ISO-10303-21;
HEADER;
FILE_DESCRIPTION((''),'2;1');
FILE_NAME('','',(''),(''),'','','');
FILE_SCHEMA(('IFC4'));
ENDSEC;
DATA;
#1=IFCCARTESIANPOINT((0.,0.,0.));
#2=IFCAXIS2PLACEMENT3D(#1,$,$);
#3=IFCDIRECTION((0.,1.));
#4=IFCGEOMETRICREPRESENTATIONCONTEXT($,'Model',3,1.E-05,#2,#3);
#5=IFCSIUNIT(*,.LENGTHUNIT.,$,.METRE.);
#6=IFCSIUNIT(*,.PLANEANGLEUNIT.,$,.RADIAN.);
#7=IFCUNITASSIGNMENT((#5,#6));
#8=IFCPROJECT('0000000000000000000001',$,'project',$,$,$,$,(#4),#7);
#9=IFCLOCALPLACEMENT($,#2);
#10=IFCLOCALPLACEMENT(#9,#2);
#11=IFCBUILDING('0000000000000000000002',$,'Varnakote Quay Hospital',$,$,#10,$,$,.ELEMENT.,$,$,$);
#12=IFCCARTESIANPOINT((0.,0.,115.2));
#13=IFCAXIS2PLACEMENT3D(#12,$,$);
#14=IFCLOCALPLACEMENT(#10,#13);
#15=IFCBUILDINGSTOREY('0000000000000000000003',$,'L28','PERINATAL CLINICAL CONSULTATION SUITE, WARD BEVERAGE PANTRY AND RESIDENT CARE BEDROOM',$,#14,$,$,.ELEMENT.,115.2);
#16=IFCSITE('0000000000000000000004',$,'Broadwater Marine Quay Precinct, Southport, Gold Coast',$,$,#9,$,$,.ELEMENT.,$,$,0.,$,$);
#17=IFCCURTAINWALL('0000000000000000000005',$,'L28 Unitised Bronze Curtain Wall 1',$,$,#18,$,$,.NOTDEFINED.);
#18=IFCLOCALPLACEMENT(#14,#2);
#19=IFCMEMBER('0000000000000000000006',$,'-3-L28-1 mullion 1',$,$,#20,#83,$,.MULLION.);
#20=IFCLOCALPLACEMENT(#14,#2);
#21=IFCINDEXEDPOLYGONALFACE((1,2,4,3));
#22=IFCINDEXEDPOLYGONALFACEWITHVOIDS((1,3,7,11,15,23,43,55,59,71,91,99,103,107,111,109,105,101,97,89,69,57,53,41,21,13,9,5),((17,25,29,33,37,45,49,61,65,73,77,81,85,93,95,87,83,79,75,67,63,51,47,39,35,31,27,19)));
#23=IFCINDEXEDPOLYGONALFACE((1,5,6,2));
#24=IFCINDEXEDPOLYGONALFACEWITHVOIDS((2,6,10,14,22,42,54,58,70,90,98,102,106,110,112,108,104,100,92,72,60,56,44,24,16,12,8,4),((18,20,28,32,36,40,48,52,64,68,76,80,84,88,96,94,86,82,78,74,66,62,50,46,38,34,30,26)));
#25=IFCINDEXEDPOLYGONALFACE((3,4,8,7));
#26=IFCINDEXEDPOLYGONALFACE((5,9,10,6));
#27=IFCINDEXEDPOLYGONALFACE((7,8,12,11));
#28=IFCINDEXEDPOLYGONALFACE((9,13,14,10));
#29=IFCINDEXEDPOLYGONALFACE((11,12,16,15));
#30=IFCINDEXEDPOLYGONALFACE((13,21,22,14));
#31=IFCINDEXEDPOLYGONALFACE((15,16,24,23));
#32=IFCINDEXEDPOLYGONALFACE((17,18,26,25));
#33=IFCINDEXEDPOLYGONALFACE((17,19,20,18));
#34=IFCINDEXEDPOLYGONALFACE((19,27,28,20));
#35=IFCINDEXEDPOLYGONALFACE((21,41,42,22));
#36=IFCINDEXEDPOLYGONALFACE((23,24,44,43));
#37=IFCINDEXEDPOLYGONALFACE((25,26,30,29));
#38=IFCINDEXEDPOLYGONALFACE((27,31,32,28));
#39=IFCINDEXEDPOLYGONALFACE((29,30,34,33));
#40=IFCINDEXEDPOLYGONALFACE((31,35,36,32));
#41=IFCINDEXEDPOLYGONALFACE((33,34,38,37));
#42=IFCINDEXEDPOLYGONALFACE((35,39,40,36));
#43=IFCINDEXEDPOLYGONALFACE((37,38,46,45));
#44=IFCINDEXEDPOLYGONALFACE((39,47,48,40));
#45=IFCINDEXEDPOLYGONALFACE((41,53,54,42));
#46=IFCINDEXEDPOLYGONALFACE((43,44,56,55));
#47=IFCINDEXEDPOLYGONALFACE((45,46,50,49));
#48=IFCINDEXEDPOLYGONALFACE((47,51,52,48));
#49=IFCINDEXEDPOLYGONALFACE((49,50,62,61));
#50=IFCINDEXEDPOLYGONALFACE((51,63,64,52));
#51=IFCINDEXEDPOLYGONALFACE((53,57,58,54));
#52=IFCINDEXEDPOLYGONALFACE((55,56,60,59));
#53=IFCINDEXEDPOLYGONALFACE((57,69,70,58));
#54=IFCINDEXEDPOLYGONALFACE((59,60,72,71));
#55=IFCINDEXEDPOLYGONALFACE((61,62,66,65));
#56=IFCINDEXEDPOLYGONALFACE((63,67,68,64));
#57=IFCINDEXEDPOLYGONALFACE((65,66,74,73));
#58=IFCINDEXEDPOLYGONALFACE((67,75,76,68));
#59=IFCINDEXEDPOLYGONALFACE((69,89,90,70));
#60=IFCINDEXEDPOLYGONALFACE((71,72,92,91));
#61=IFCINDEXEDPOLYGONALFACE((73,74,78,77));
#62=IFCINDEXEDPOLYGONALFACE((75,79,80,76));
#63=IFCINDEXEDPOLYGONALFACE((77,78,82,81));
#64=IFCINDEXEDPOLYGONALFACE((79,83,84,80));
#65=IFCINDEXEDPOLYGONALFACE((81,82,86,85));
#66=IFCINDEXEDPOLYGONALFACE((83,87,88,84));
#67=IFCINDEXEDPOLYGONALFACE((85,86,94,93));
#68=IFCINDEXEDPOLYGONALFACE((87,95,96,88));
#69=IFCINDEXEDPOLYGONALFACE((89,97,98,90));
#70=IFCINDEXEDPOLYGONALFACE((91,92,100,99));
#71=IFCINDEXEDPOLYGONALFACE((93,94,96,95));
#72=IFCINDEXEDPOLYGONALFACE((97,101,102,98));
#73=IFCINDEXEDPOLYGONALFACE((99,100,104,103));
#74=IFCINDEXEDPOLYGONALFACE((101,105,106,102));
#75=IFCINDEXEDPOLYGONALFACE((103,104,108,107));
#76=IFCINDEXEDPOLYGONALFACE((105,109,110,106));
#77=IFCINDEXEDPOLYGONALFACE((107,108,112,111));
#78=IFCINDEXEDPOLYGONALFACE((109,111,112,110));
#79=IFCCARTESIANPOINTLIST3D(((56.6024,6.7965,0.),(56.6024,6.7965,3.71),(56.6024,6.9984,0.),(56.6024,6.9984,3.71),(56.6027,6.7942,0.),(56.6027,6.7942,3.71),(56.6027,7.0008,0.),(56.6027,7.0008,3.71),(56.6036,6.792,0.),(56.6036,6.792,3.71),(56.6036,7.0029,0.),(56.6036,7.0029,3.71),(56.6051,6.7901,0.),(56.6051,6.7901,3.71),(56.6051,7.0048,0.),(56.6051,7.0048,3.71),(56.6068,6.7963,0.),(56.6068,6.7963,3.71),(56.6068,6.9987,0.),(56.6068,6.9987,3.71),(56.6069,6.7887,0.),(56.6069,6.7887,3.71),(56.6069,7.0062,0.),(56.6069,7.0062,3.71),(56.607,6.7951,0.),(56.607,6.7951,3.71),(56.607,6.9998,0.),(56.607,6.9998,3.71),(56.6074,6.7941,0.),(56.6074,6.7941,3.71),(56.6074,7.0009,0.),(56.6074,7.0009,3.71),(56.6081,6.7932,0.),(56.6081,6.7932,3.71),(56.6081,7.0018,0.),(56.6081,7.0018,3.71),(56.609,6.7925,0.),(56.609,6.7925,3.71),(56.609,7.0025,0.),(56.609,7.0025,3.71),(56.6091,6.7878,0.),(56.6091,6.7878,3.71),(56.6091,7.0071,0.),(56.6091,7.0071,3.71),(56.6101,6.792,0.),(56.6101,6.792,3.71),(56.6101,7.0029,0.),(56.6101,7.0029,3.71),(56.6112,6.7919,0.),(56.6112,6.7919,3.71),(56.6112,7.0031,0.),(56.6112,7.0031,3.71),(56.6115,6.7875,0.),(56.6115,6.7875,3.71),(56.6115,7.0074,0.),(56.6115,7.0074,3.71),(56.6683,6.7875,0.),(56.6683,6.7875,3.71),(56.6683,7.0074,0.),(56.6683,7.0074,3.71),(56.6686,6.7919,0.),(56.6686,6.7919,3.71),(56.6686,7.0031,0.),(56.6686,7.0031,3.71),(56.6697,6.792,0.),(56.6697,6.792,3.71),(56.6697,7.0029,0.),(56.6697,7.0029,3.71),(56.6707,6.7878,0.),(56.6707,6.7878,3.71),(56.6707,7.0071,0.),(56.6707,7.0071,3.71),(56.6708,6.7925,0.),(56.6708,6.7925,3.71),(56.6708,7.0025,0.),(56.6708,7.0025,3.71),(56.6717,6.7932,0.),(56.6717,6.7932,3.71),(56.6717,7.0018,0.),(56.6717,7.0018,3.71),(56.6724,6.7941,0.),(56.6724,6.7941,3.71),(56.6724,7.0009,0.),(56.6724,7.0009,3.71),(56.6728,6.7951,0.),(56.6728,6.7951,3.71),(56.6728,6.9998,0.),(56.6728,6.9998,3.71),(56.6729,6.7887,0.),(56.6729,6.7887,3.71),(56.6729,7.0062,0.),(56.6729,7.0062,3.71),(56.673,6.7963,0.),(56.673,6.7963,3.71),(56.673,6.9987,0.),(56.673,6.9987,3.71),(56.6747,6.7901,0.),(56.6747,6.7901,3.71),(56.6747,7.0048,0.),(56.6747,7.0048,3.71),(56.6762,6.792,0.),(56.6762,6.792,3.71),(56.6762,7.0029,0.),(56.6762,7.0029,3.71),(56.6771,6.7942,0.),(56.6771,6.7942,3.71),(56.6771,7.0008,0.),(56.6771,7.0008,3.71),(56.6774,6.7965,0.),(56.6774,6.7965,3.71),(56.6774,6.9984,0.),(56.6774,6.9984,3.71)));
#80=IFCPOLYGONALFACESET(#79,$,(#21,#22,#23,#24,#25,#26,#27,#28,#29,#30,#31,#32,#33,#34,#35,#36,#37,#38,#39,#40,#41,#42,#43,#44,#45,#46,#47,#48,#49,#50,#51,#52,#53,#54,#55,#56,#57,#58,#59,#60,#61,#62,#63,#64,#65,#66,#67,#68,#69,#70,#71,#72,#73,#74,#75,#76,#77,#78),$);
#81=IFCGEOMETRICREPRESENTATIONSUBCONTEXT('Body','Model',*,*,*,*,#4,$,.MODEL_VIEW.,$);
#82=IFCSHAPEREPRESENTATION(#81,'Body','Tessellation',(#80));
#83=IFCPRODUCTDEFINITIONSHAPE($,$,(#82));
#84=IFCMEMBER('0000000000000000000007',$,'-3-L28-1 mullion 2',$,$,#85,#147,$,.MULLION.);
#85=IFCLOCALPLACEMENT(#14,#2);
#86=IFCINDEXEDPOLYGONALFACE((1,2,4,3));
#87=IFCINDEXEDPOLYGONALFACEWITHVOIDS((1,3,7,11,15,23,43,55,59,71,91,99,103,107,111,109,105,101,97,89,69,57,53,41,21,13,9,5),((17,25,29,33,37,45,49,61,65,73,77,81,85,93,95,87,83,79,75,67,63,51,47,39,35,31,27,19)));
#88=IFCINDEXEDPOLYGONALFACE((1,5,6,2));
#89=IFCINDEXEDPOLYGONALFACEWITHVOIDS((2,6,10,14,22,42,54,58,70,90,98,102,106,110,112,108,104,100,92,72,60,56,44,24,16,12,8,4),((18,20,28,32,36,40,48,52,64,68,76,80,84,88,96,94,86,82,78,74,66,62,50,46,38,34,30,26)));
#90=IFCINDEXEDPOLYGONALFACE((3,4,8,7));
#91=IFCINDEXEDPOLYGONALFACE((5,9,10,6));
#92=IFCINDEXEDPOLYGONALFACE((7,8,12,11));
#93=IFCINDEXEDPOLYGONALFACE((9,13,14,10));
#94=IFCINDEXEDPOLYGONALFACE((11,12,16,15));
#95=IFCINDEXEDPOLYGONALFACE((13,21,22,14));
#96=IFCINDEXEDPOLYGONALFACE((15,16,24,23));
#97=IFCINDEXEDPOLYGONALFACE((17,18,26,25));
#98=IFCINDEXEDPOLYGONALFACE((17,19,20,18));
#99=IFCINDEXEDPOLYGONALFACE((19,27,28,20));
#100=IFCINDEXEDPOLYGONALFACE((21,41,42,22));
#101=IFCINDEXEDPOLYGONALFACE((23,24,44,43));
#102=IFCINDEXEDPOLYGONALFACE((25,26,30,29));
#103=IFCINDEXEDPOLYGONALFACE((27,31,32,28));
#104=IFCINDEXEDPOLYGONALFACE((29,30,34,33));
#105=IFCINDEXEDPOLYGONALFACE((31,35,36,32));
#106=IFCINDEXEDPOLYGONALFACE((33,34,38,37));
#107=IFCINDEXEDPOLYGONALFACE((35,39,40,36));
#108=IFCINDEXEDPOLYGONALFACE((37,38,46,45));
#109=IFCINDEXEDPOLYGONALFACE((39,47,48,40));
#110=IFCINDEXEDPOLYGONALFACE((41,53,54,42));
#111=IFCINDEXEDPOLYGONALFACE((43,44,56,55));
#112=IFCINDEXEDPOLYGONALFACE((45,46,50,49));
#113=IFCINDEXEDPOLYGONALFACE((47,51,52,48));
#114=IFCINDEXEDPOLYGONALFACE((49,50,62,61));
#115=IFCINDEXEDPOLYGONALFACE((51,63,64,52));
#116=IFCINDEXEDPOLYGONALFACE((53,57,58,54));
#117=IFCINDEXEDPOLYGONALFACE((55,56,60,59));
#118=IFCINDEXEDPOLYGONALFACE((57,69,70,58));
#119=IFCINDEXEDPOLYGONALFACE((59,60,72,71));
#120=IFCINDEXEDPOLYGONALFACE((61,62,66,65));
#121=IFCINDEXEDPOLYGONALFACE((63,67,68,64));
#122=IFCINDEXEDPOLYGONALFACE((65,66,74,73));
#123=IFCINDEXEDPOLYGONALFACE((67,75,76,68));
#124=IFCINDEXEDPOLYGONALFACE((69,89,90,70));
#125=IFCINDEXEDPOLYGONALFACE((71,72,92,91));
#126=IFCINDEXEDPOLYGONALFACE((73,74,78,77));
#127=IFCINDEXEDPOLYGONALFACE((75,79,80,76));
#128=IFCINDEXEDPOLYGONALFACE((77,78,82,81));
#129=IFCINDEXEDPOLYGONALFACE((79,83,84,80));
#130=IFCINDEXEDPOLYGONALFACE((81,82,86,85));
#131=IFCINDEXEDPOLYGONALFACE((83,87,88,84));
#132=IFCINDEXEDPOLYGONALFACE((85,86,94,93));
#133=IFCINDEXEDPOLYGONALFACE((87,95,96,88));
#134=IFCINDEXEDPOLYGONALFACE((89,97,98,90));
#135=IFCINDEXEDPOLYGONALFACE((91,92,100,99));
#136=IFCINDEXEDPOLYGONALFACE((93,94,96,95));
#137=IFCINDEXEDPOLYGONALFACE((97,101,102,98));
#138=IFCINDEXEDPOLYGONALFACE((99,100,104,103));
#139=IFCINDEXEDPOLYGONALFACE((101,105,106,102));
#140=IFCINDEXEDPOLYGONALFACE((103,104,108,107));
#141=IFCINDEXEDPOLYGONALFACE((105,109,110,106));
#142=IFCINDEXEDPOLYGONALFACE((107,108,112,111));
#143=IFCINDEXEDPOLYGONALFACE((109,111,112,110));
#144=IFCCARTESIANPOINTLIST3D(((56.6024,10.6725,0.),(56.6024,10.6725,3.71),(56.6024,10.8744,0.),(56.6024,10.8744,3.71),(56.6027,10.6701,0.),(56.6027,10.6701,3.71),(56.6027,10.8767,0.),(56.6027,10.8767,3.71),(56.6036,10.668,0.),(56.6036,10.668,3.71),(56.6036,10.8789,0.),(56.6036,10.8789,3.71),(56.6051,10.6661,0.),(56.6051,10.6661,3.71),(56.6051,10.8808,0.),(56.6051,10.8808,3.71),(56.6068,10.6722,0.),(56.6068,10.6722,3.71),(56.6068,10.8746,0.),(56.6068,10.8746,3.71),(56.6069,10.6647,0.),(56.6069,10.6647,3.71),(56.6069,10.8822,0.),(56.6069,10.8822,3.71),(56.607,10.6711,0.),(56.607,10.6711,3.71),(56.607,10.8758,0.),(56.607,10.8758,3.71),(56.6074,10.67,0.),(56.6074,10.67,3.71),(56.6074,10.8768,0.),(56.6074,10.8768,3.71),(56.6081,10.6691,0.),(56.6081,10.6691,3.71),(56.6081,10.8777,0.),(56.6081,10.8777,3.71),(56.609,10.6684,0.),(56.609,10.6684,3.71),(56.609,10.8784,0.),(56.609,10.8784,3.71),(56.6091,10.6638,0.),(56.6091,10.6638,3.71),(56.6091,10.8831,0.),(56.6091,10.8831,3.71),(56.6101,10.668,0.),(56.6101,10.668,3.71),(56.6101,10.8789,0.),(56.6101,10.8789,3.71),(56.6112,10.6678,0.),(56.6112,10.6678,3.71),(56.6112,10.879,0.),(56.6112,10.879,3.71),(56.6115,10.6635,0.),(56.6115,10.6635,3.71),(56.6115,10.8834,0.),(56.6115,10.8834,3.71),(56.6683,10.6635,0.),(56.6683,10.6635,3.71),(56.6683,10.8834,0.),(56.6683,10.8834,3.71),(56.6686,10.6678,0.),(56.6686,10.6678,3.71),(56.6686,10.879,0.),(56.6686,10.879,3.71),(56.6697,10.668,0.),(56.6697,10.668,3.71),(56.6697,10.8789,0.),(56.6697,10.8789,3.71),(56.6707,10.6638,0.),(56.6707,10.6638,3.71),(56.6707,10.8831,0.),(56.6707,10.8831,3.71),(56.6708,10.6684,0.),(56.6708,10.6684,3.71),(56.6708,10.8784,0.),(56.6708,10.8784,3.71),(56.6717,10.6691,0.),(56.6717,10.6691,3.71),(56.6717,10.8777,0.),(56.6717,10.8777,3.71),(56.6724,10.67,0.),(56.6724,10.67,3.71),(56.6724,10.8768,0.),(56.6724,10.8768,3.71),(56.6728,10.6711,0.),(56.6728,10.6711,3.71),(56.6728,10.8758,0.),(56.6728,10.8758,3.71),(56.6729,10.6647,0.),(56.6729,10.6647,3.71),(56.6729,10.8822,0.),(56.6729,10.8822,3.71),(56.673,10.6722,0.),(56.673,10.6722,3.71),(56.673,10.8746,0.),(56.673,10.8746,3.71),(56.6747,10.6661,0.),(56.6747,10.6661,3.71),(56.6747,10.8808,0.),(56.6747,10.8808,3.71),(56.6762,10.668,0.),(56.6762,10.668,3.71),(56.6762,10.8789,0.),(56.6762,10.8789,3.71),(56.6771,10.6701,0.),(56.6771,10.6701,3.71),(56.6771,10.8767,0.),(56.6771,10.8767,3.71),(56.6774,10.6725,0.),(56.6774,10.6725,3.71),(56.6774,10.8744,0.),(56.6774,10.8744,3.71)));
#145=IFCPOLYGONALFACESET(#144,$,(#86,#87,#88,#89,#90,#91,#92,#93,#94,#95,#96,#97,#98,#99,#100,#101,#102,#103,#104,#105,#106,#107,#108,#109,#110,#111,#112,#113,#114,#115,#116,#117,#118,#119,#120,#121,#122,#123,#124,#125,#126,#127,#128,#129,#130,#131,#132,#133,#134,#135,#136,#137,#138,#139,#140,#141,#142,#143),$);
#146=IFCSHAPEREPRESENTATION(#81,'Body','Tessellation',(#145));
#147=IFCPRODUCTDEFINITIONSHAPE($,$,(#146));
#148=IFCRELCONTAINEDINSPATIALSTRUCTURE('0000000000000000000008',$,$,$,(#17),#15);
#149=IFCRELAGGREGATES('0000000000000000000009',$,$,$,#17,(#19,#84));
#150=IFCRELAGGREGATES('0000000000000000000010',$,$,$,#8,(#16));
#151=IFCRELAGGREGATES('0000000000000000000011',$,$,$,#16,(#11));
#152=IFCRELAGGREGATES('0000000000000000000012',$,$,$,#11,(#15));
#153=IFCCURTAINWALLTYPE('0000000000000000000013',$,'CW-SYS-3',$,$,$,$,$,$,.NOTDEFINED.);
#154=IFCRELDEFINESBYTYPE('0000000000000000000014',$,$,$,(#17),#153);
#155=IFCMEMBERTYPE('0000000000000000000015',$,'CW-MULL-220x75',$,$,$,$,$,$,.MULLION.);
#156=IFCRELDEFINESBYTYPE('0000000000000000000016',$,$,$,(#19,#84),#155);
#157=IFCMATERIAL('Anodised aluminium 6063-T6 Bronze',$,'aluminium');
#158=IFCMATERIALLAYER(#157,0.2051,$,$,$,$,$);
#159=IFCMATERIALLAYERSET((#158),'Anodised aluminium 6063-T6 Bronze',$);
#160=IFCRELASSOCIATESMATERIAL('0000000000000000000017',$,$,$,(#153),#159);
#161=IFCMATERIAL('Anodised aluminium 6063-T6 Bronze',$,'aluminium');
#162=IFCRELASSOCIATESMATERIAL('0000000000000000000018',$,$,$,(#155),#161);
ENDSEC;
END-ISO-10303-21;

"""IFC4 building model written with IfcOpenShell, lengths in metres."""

from ifc_helpers import new_model, si_unit, direction, frame, origin, origin_2d, place, context, subcontext, project, spatial, hollow_rectangle, extrude, material, layer, layer_set, material_profile, profile_set, type_object, element, aggregate, save


model = new_model("IFC4")

# Units and contexts
model_context = context("Model", 3, precision=1e-05, world=origin(), true_north=direction((0.0, 1.0)))
body_context = subcontext(model_context, "Body", "Model", "MODEL_VIEW")
ifc_project = project(units=[si_unit("LENGTHUNIT", "METRE"), si_unit("PLANEANGLEUNIT", "RADIAN")], contexts=[model_context])

# Site, building, storey
site_placement = place(None, origin())
site = spatial("IfcSite", under=ifc_project, at=site_placement, Name="Broadwater Marine Quay Precinct, Southport, Gold Coast", CompositionType="ELEMENT", RefElevation=0.0)
building_placement = place(site_placement, origin())
building = spatial("IfcBuilding", under=site, at=building_placement, Name="Varnakote Quay Hospital", CompositionType="ELEMENT")
storey_placement = place(building_placement, frame((0.0, 0.0, 115.2)))
storey = spatial("IfcBuildingStorey", under=building, at=storey_placement, Name="L28", Description="PERINATAL CLINICAL CONSULTATION SUITE, WARD BEVERAGE PANTRY AND RESIDENT CARE BEDROOM", CompositionType="ELEMENT", Elevation=115.2)

# Curtain wall, members
ifc_material_1 = material(Name="Anodised aluminium 6063-T6 Bronze", Category="aluminium")
ifc_layer_1 = layer(ifc_material_1, 0.2051)
ifc_layer_set_1 = layer_set([ifc_layer_1], Name="Anodised aluminium 6063-T6 Bronze")
curtain_wall_type = type_object("IfcCurtainWallType", Name="CW-SYS-3", PredefinedType="NOTDEFINED", material=ifc_layer_set_1)
curtain_wall_placement = place(storey_placement, origin())
curtain_wall = element("IfcCurtainWall", 1, at=curtain_wall_placement, inside=storey, type_object=curtain_wall_type, Name="L28 Unitised Bronze Curtain Wall 1", PredefinedType="NOTDEFINED")
ifc_material_2 = material(Name="Anodised aluminium 6063-T6 Bronze", Category="aluminium")
ifc_material_profile_1 = material_profile(ifc_material_2, hollow_rectangle(XDim=0.075, YDim=0.22, WallThickness=0.0044, InnerFilletRadius=0.0044, OuterFilletRadius=0.009, at=origin_2d()), Name="CW-MULL-220x75")
ifc_profile_set_1 = profile_set([ifc_material_profile_1], Name="Anodised aluminium 6063-T6 Bronze")
member_type_1 = type_object("IfcMemberType", Name="CW-MULL-220x75", PredefinedType="MULLION", material=ifc_profile_set_1)
member_1_placement = place(storey_placement, frame((56.6399, 6.8975, 0.0), z_axis=(0.0, 0.0, 1.0), x_axis=(-1.0, 0.0, 0.0)))
member_1 = element("IfcMember", 2, at=member_1_placement, type_object=member_type_1, Name="-3-L28-1 mullion 1", PredefinedType="MULLION", context=body_context, shape_type="SweptSolid", body=[
    extrude(hollow_rectangle(XDim=0.075, YDim=0.22, WallThickness=0.0044, InnerFilletRadius=0.0044, OuterFilletRadius=0.009, at=origin_2d()), origin(), (0.0, 0.0, 1.0), 3.71),
])
member_2_placement = place(storey_placement, frame((56.6399, 10.7734, 0.0), z_axis=(0.0, 0.0, 1.0), x_axis=(-1.0, 0.0, 0.0)))
member_2 = element("IfcMember", 3, at=member_2_placement, type_object=member_type_1, Name="-3-L28-1 mullion 2", PredefinedType="MULLION", context=body_context, shape_type="SweptSolid", body=[
    extrude(hollow_rectangle(XDim=0.075, YDim=0.22, WallThickness=0.0044, InnerFilletRadius=0.0044, OuterFilletRadius=0.009, at=origin_2d()), origin(), (0.0, 0.0, 1.0), 3.71),
])
aggregate(curtain_wall, [member_1, member_2])

save(model, "model.ifc")
